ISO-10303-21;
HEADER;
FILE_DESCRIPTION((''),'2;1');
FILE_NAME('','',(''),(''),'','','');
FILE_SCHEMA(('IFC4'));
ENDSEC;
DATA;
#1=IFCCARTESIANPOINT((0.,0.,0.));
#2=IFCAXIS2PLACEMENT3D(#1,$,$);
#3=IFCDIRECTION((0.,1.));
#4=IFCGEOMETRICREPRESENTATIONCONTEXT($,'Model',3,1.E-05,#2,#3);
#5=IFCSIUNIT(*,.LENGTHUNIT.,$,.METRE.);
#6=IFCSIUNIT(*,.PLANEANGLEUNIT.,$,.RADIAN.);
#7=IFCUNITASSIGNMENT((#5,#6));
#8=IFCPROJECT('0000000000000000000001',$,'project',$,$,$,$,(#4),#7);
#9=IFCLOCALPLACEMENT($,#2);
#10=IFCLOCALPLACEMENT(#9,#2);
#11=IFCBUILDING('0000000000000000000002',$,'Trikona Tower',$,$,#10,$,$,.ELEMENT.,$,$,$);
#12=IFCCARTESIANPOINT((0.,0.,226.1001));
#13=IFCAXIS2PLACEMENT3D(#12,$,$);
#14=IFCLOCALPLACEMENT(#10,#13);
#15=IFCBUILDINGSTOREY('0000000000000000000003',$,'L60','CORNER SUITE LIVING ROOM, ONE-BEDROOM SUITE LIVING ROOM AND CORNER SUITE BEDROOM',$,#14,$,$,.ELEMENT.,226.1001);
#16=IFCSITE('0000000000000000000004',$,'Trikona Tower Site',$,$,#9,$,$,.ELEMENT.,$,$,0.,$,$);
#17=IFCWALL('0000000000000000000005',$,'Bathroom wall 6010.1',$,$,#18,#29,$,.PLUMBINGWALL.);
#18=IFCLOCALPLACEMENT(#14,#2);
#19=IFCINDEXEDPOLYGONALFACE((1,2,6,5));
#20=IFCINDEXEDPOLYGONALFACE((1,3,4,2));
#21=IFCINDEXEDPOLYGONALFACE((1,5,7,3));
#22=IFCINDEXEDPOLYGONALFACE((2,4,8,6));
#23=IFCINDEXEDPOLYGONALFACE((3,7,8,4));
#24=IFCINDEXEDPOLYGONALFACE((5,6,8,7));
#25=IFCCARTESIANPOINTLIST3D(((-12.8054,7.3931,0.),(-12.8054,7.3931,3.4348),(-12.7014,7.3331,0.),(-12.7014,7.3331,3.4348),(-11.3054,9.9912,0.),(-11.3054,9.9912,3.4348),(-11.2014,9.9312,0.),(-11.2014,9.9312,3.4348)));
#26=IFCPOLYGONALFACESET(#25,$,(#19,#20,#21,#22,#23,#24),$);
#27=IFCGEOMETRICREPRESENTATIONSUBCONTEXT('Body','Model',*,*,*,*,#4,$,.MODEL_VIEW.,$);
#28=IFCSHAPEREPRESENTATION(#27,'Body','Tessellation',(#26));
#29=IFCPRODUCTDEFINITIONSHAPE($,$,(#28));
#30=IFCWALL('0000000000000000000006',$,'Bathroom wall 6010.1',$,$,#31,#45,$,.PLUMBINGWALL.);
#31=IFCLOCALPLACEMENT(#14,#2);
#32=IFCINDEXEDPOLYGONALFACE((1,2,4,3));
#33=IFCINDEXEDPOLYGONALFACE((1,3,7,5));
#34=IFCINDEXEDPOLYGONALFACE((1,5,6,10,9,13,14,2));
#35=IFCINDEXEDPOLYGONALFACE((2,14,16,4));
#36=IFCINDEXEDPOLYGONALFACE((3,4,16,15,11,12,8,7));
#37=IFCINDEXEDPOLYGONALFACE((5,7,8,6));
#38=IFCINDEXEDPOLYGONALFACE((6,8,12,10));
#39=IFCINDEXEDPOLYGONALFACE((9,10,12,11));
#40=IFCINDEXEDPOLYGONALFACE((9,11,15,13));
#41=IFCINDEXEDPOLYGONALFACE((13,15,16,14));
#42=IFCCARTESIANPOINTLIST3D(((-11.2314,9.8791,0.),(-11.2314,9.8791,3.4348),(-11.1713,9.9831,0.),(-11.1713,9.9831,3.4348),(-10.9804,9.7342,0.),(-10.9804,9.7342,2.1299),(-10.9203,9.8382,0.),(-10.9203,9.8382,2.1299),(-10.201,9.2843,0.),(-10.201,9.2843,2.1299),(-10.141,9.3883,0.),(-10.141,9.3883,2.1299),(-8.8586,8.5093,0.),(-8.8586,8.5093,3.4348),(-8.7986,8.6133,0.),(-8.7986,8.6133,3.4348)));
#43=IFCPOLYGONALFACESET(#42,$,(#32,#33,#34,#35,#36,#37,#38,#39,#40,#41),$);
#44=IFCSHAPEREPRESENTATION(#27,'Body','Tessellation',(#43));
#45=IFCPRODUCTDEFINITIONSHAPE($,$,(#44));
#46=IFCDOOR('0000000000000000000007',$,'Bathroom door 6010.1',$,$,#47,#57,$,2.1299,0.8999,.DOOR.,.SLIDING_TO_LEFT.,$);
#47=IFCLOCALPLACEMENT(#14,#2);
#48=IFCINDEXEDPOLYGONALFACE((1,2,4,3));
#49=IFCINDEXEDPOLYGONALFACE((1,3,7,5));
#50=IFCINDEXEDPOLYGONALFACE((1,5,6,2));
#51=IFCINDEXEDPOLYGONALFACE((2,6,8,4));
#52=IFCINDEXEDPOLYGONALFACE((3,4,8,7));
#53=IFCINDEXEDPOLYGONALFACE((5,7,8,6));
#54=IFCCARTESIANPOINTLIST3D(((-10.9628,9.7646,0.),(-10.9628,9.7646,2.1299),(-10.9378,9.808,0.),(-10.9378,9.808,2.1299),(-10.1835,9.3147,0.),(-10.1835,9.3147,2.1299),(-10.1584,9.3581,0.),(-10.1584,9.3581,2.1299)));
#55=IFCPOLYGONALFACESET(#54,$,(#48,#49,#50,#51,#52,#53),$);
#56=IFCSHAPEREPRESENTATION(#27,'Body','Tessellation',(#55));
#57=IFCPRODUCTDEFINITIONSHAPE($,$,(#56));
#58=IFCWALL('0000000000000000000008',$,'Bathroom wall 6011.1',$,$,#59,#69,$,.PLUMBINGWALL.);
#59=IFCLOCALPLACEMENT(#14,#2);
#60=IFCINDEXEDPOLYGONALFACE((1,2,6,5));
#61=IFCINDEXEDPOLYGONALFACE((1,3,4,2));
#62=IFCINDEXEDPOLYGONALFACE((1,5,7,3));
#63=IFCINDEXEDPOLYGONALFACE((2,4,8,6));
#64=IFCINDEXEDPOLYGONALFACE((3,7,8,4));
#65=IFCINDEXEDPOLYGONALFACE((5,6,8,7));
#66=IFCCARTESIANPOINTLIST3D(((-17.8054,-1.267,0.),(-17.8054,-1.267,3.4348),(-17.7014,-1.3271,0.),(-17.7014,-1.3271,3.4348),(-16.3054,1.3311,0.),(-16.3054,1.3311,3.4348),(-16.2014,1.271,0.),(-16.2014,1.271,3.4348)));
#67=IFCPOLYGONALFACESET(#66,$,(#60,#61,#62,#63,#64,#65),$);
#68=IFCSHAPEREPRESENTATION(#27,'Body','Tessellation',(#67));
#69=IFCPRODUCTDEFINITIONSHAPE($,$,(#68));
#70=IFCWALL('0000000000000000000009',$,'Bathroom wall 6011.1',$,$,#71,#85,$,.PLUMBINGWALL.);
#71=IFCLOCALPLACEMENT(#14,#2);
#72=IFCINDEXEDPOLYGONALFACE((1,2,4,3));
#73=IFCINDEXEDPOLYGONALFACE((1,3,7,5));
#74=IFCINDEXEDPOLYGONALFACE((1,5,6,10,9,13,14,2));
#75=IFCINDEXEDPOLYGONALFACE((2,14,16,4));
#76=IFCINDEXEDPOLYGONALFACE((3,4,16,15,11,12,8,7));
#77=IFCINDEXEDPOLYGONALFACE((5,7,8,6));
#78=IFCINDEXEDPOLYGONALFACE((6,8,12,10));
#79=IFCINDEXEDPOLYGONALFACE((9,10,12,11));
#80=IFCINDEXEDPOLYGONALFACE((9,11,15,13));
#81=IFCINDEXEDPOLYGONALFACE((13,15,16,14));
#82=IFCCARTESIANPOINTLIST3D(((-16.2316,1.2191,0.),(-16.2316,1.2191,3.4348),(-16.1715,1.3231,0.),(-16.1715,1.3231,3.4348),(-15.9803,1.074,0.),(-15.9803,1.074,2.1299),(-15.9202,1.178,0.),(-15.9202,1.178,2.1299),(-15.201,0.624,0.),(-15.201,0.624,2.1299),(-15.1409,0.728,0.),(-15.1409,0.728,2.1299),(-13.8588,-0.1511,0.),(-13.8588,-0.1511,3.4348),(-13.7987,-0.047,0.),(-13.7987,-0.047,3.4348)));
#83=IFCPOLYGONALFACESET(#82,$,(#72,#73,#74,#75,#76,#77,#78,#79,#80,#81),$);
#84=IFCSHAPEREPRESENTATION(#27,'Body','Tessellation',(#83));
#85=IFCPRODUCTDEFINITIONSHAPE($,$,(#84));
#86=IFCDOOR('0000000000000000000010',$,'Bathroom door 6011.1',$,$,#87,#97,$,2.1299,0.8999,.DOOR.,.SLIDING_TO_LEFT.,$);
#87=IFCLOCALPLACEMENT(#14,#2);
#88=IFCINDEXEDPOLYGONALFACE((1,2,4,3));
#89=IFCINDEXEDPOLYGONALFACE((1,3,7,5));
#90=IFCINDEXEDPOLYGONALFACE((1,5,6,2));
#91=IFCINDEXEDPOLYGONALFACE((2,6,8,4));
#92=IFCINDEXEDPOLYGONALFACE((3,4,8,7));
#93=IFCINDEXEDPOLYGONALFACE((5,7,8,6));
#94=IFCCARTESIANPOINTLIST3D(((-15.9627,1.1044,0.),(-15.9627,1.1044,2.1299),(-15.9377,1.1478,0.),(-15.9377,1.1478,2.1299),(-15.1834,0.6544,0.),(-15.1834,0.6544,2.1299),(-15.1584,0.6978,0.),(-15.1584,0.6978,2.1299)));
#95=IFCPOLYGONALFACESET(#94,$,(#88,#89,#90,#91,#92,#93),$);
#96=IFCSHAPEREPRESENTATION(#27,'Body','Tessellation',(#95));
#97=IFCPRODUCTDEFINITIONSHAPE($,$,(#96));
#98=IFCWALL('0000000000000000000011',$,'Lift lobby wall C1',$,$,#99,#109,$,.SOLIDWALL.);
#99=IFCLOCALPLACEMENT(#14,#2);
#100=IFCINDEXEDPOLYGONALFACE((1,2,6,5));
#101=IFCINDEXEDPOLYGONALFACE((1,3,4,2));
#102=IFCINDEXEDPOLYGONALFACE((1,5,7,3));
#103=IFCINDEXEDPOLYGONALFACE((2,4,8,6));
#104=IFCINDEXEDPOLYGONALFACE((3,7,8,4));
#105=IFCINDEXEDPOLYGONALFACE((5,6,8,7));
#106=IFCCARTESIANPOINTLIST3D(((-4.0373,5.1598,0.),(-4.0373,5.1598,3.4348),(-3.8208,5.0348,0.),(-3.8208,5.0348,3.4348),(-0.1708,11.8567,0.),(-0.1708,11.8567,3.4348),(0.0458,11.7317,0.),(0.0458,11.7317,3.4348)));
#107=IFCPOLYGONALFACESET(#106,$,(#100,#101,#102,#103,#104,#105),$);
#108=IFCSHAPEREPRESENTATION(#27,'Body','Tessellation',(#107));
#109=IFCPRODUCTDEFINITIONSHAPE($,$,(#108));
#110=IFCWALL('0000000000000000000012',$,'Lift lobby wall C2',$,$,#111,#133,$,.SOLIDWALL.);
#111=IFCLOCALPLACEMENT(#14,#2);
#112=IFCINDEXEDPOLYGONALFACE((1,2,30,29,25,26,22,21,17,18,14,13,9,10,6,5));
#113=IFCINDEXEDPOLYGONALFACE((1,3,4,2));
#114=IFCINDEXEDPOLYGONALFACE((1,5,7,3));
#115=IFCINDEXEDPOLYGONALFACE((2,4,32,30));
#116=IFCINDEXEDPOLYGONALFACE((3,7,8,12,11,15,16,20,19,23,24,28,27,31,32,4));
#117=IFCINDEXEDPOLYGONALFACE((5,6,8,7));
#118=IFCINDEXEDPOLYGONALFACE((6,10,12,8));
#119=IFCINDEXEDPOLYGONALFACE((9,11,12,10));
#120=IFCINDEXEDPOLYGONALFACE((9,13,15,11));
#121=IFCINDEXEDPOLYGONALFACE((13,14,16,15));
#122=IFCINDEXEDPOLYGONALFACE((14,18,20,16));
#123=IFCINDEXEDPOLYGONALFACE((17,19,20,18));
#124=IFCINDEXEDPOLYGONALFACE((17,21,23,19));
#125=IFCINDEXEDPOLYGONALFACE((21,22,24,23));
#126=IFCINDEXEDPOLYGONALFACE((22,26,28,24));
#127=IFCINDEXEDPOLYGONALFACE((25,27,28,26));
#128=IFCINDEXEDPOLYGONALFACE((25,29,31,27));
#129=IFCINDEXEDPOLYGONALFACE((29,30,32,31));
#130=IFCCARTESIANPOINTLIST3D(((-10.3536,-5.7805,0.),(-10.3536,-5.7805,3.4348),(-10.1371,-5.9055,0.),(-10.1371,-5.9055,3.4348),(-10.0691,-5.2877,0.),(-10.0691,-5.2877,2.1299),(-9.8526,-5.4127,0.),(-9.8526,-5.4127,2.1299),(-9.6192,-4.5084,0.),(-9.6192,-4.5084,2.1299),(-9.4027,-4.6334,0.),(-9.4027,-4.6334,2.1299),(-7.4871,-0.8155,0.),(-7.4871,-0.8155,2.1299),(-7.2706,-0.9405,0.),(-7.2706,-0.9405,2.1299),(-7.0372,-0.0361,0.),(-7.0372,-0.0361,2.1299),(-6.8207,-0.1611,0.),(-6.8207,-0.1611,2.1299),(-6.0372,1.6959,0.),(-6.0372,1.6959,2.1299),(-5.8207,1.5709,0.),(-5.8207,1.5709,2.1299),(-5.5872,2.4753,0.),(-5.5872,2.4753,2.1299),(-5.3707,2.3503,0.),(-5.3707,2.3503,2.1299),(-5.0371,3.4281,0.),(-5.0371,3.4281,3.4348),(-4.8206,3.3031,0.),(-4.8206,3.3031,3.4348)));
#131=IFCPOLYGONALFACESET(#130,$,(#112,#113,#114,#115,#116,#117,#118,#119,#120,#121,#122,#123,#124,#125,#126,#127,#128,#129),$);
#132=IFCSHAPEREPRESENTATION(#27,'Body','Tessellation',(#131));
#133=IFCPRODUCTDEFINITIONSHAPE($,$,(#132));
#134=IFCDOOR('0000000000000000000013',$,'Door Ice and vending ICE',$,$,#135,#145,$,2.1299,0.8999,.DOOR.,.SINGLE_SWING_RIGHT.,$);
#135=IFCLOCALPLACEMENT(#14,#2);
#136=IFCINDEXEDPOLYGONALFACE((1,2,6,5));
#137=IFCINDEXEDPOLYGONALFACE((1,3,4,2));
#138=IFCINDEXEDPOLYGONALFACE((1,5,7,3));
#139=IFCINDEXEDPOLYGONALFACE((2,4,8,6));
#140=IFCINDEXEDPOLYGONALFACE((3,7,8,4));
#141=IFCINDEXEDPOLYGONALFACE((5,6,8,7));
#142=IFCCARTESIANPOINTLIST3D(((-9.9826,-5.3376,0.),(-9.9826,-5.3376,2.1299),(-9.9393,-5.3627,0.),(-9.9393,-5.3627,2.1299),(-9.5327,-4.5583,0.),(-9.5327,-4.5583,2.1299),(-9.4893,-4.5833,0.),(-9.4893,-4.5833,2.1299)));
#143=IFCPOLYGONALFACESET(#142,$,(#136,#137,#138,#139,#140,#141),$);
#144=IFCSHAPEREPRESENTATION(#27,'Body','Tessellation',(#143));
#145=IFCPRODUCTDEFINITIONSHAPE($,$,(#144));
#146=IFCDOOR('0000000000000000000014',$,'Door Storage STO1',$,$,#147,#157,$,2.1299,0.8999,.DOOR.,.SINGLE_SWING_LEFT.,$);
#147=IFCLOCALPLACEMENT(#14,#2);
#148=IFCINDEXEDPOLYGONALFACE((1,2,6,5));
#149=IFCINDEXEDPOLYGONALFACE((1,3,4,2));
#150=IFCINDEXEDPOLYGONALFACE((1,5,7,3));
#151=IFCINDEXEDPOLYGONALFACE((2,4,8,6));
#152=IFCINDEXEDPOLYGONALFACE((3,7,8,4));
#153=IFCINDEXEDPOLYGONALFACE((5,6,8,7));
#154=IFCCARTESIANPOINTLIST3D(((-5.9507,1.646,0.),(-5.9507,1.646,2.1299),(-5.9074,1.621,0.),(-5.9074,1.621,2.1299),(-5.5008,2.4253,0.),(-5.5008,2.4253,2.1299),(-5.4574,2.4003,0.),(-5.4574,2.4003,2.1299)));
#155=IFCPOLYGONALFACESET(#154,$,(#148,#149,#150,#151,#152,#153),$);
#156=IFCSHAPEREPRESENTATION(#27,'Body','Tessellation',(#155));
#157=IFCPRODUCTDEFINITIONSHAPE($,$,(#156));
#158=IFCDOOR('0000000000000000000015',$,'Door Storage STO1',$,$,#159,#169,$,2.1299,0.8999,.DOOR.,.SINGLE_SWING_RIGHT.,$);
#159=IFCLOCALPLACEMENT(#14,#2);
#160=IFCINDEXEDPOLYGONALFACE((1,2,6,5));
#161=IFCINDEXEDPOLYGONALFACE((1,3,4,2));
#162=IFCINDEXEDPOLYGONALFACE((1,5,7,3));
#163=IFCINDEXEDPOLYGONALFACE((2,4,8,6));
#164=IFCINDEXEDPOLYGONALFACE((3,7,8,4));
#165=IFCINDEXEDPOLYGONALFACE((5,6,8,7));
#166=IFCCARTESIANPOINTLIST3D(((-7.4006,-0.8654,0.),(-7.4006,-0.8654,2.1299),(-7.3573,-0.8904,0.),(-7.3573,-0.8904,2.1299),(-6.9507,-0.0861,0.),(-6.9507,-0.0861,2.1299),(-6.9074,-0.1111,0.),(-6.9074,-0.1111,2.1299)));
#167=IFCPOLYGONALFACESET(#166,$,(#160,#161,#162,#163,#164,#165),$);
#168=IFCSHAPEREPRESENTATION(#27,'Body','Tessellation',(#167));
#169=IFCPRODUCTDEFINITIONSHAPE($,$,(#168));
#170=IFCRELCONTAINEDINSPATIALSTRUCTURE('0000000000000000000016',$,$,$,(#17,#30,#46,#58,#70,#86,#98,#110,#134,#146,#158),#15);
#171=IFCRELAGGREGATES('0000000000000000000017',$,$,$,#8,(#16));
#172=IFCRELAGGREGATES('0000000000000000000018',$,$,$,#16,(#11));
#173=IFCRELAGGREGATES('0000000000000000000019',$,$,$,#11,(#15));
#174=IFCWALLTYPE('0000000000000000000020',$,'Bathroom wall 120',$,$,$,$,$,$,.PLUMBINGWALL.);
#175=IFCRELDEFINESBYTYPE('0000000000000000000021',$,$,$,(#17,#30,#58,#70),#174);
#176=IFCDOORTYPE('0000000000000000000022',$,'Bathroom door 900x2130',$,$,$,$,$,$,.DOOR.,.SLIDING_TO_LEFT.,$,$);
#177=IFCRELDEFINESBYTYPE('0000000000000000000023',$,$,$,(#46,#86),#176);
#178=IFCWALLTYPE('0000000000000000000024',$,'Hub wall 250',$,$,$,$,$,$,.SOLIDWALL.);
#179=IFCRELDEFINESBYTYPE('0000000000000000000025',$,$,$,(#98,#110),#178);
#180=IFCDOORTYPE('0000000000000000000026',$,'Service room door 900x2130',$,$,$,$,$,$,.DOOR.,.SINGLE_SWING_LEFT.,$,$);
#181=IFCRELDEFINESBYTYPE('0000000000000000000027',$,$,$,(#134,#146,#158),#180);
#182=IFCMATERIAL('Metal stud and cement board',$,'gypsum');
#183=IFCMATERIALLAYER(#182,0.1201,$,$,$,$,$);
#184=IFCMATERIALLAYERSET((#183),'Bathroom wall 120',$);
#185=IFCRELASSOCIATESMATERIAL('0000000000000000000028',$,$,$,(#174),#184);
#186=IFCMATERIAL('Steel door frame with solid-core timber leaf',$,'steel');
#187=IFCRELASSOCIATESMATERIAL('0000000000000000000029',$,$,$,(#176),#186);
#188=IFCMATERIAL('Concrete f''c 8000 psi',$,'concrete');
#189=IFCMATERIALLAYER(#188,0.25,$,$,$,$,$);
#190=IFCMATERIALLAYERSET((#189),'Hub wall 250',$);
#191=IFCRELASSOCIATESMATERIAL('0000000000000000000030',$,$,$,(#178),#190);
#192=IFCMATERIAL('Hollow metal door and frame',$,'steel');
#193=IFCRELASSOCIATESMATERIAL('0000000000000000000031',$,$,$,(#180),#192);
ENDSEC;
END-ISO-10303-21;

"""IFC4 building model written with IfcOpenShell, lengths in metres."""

from ifc_helpers import new_model, si_unit, direction, frame, frame_2d, origin, place, context, subcontext, project, spatial, rectangle, extrude, material, layer, layer_set, type_object, element, fill, save


model = new_model("IFC4")

# Units and contexts
model_context = context("Model", 3, precision=1e-05, world=origin(), true_north=direction((0.0, 1.0)))
body_context = subcontext(model_context, "Body", "Model", "MODEL_VIEW")
ifc_project = project(units=[si_unit("LENGTHUNIT", "METRE"), si_unit("PLANEANGLEUNIT", "RADIAN")], contexts=[model_context])

# Site, building, storey
site_placement = place(None, origin())
site = spatial("IfcSite", under=ifc_project, at=site_placement, Name="Trikona Tower Site", CompositionType="ELEMENT", RefElevation=0.0)
building_placement = place(site_placement, origin())
building = spatial("IfcBuilding", under=site, at=building_placement, Name="Trikona Tower", CompositionType="ELEMENT")
storey_placement = place(building_placement, frame((0.0, 0.0, 226.1001)))
storey = spatial("IfcBuildingStorey", under=building, at=storey_placement, Name="L60", Description="CORNER SUITE LIVING ROOM, ONE-BEDROOM SUITE LIVING ROOM AND CORNER SUITE BEDROOM", CompositionType="ELEMENT", Elevation=226.1001)

# Wall
ifc_material_1 = material(Name="Metal stud and cement board", Category="gypsum")
ifc_layer_1 = layer(ifc_material_1, 0.1201)
ifc_layer_set_1 = layer_set([ifc_layer_1], Name="Bathroom wall 120")
wall_type_1 = type_object("IfcWallType", Name="Bathroom wall 120", PredefinedType="PLUMBINGWALL", material=ifc_layer_set_1)
wall_1_placement = place(storey_placement, frame((-11.2534, 9.9612, 0.0), z_axis=(0.0, 0.0, 1.0), x_axis=(-0.49999, -0.866031, 0.0)))
element("IfcWall", 1, at=wall_1_placement, inside=storey, type_object=wall_type_1, Name="Bathroom wall 6010.1", PredefinedType="PLUMBINGWALL", context=body_context, shape_type="SweptSolid", body=[
    extrude(rectangle(XDim=3.0, YDim=0.1201, at=frame_2d((1.5, 0.0))), origin(), (0.0, 0.0, 1.0), 3.4348),
])

# Wall, opening, door
wall_2_placement = place(storey_placement, frame((-8.8286, 8.5613, 0.0), z_axis=(0.0, 0.0, 1.0), x_axis=(-0.866036, 0.499982, 0.0)))
wall_2 = element("IfcWall", 2, at=wall_2_placement, inside=storey, type_object=wall_type_1, Name="Bathroom wall 6010.1", PredefinedType="PLUMBINGWALL", context=body_context, shape_type="SweptSolid", body=[
    extrude(rectangle(XDim=2.7397, YDim=0.1201, at=frame_2d((1.3699, 0.0))), origin(), (0.0, 0.0, 1.0), 3.4348),
])
opening_1_placement = place(wall_2_placement, frame((1.55, 0.0, 0.0)))
opening_1 = element("IfcOpeningElement", 3, at=opening_1_placement, cuts=wall_2, PredefinedType="OPENING", context=body_context, shape_type="SweptSolid", body=[
    extrude(rectangle(XDim=0.8999, YDim=2.1299, at=frame_2d((0.45, 1.0649))), frame((0.0, 0.0701, 0.0), z_axis=(0.0, -1.0, 0.0), x_axis=(1.0, 0.0, 0.0)), (0.0, 0.0, 1.0), 0.1401),
])
ifc_material_2 = material(Name="Steel door frame with solid-core timber leaf", Category="steel")
door_type_1 = type_object("IfcDoorType", Name="Bathroom door 900x2130", OperationType="SLIDING_TO_LEFT", PredefinedType="DOOR", material=ifc_material_2)
door_1_placement = place(opening_1_placement, origin())
door_1 = element("IfcDoor", 4, at=door_1_placement, inside=storey, type_object=door_type_1, Name="Bathroom door 6010.1", OperationType="SLIDING_TO_LEFT", OverallHeight=2.1299, OverallWidth=0.8999, PredefinedType="DOOR", context=body_context, shape_type="SweptSolid", body=[
    extrude(rectangle(XDim=0.8999, YDim=2.1299, at=frame_2d((0.45, 1.0649))), frame((0.0, 0.0249, 0.0), z_axis=(0.0, -1.0, 0.0), x_axis=(1.0, 0.0, 0.0)), (0.0, 0.0, 1.0), 0.05),
])
fill(opening_1, door_1)

# Wall
wall_3_placement = place(storey_placement, frame((-16.2534, 1.301, 0.0), z_axis=(0.0, 0.0, 1.0), x_axis=(-0.49999, -0.866031, 0.0)))
element("IfcWall", 5, at=wall_3_placement, inside=storey, type_object=wall_type_1, Name="Bathroom wall 6011.1", PredefinedType="PLUMBINGWALL", context=body_context, shape_type="SweptSolid", body=[
    extrude(rectangle(XDim=3.0, YDim=0.1201, at=frame_2d((1.5, 0.0))), origin(), (0.0, 0.0, 1.0), 3.4348),
])

# Wall, opening, door
wall_4_placement = place(storey_placement, frame((-13.8286, -0.0991, 0.0), z_axis=(0.0, 0.0, 1.0), x_axis=(-0.865997, 0.500049, 0.0)))
wall_4 = element("IfcWall", 6, at=wall_4_placement, inside=storey, type_object=wall_type_1, Name="Bathroom wall 6011.1", PredefinedType="PLUMBINGWALL", context=body_context, shape_type="SweptSolid", body=[
    extrude(rectangle(XDim=2.74, YDim=0.1201, at=frame_2d((1.3701, 0.0))), origin(), (0.0, 0.0, 1.0), 3.4348),
])
opening_2_placement = place(wall_4_placement, frame((1.55, 0.0, 0.0)))
opening_2 = element("IfcOpeningElement", 7, at=opening_2_placement, cuts=wall_4, PredefinedType="OPENING", context=body_context, shape_type="SweptSolid", body=[
    extrude(rectangle(XDim=0.8999, YDim=2.1299, at=frame_2d((0.45, 1.0649))), frame((0.0, 0.0701, 0.0), z_axis=(0.0, -1.0, 0.0), x_axis=(1.0, 0.0, 0.0)), (0.0, 0.0, 1.0), 0.1401),
])
door_2_placement = place(opening_2_placement, origin())
door_2 = element("IfcDoor", 8, at=door_2_placement, inside=storey, type_object=door_type_1, Name="Bathroom door 6011.1", OperationType="SLIDING_TO_LEFT", OverallHeight=2.1299, OverallWidth=0.8999, PredefinedType="DOOR", context=body_context, shape_type="SweptSolid", body=[
    extrude(rectangle(XDim=0.8999, YDim=2.1299, at=frame_2d((0.45, 1.0649))), frame((0.0, 0.0249, 0.0), z_axis=(0.0, -1.0, 0.0), x_axis=(1.0, 0.0, 0.0)), (0.0, 0.0, 1.0), 0.05),
])
fill(opening_2, door_2)

# Wall
ifc_material_3 = material(Name="Concrete f'c 8000 psi", Category="concrete")
ifc_layer_2 = layer(ifc_material_3, 0.25)
ifc_layer_set_2 = layer_set([ifc_layer_2], Name="Hub wall 250")
wall_type_2 = type_object("IfcWallType", Name="Hub wall 250", PredefinedType="SOLIDWALL", material=ifc_layer_set_2)
wall_5_placement = place(storey_placement, frame((-0.0625, 11.7942, 0.0), z_axis=(0.0, 0.0, 1.0), x_axis=(-0.500007, -0.866022, 0.0)))
element("IfcWall", 9, at=wall_5_placement, inside=storey, type_object=wall_type_2, Name="Lift lobby wall C1", PredefinedType="SOLIDWALL", context=body_context, shape_type="SweptSolid", body=[
    extrude(rectangle(XDim=7.7329, YDim=0.25, at=frame_2d((3.8665, 0.0))), origin(), (0.0, 0.0, 1.0), 3.4348),
])

# Wall, openings, doors
wall_6_placement = place(storey_placement, frame((-4.929, 3.3655, 0.0), z_axis=(0.0, 0.0, 1.0), x_axis=(-0.499991, -0.86603, 0.0)))
wall_6 = element("IfcWall", 10, at=wall_6_placement, inside=storey, type_object=wall_type_2, Name="Lift lobby wall C2", PredefinedType="SOLIDWALL", context=body_context, shape_type="SweptSolid", body=[
    extrude(rectangle(XDim=10.6331, YDim=0.25, at=frame_2d((5.3164, 0.0))), origin(), (0.0, 0.0, 1.0), 3.4348),
])
opening_3_placement = place(wall_6_placement, frame((9.1641, 0.0, 0.0)))
opening_3 = element("IfcOpeningElement", 11, at=opening_3_placement, cuts=wall_6, PredefinedType="OPENING", context=body_context, shape_type="SweptSolid", body=[
    extrude(rectangle(XDim=0.8999, YDim=2.1299, at=frame_2d((0.45, 1.0649))), frame((0.0, 0.135, 0.0), z_axis=(0.0, -1.0, 0.0), x_axis=(1.0, 0.0, 0.0)), (0.0, 0.0, 1.0), 0.27),
])
opening_4_placement = place(wall_6_placement, frame((1.1001, 0.0, 0.0)))
opening_4 = element("IfcOpeningElement", 12, at=opening_4_placement, cuts=wall_6, PredefinedType="OPENING", context=body_context, shape_type="SweptSolid", body=[
    extrude(rectangle(XDim=0.8999, YDim=2.1299, at=frame_2d((0.45, 1.0649))), frame((0.0, 0.135, 0.0), z_axis=(0.0, -1.0, 0.0), x_axis=(1.0, 0.0, 0.0)), (0.0, 0.0, 1.0), 0.27),
])
opening_5_placement = place(wall_6_placement, frame((4.0, 0.0, 0.0)))
opening_5 = element("IfcOpeningElement", 13, at=opening_5_placement, cuts=wall_6, PredefinedType="OPENING", context=body_context, shape_type="SweptSolid", body=[
    extrude(rectangle(XDim=0.8999, YDim=2.1299, at=frame_2d((0.45, 1.0649))), frame((0.0, 0.135, 0.0), z_axis=(0.0, -1.0, 0.0), x_axis=(1.0, 0.0, 0.0)), (0.0, 0.0, 1.0), 0.27),
])
ifc_material_4 = material(Name="Hollow metal door and frame", Category="steel")
door_type_2 = type_object("IfcDoorType", Name="Service room door 900x2130", OperationType="SINGLE_SWING_LEFT", PredefinedType="DOOR", material=ifc_material_4)
door_3_placement = place(opening_3_placement, origin())
door_3 = element("IfcDoor", 14, at=door_3_placement, inside=storey, type_object=door_type_2, Name="Door Ice and vending ICE", OperationType="SINGLE_SWING_RIGHT", OverallHeight=2.1299, OverallWidth=0.8999, PredefinedType="DOOR", context=body_context, shape_type="SweptSolid", body=[
    extrude(rectangle(XDim=0.8999, YDim=2.1299, at=frame_2d((0.45, 1.0649))), frame((0.0, 0.0249, 0.0), z_axis=(0.0, -1.0, 0.0), x_axis=(1.0, 0.0, 0.0)), (0.0, 0.0, 1.0), 0.05),
])
fill(opening_3, door_3)
door_4_placement = place(opening_4_placement, origin())
door_4 = element("IfcDoor", 15, at=door_4_placement, inside=storey, type_object=door_type_2, Name="Door Storage STO1", OperationType="SINGLE_SWING_LEFT", OverallHeight=2.1299, OverallWidth=0.8999, PredefinedType="DOOR", context=body_context, shape_type="SweptSolid", body=[
    extrude(rectangle(XDim=0.8999, YDim=2.1299, at=frame_2d((0.45, 1.0649))), frame((0.0, 0.0249, 0.0), z_axis=(0.0, -1.0, 0.0), x_axis=(1.0, 0.0, 0.0)), (0.0, 0.0, 1.0), 0.05),
])
fill(opening_4, door_4)
door_5_placement = place(opening_5_placement, origin())
door_5 = element("IfcDoor", 16, at=door_5_placement, inside=storey, type_object=door_type_2, Name="Door Storage STO1", OperationType="SINGLE_SWING_RIGHT", OverallHeight=2.1299, OverallWidth=0.8999, PredefinedType="DOOR", context=body_context, shape_type="SweptSolid", body=[
    extrude(rectangle(XDim=0.8999, YDim=2.1299, at=frame_2d((0.45, 1.0649))), frame((0.0, 0.0249, 0.0), z_axis=(0.0, -1.0, 0.0), x_axis=(1.0, 0.0, 0.0)), (0.0, 0.0, 1.0), 0.05),
])
fill(opening_5, door_5)

save(model, "model.ifc")
